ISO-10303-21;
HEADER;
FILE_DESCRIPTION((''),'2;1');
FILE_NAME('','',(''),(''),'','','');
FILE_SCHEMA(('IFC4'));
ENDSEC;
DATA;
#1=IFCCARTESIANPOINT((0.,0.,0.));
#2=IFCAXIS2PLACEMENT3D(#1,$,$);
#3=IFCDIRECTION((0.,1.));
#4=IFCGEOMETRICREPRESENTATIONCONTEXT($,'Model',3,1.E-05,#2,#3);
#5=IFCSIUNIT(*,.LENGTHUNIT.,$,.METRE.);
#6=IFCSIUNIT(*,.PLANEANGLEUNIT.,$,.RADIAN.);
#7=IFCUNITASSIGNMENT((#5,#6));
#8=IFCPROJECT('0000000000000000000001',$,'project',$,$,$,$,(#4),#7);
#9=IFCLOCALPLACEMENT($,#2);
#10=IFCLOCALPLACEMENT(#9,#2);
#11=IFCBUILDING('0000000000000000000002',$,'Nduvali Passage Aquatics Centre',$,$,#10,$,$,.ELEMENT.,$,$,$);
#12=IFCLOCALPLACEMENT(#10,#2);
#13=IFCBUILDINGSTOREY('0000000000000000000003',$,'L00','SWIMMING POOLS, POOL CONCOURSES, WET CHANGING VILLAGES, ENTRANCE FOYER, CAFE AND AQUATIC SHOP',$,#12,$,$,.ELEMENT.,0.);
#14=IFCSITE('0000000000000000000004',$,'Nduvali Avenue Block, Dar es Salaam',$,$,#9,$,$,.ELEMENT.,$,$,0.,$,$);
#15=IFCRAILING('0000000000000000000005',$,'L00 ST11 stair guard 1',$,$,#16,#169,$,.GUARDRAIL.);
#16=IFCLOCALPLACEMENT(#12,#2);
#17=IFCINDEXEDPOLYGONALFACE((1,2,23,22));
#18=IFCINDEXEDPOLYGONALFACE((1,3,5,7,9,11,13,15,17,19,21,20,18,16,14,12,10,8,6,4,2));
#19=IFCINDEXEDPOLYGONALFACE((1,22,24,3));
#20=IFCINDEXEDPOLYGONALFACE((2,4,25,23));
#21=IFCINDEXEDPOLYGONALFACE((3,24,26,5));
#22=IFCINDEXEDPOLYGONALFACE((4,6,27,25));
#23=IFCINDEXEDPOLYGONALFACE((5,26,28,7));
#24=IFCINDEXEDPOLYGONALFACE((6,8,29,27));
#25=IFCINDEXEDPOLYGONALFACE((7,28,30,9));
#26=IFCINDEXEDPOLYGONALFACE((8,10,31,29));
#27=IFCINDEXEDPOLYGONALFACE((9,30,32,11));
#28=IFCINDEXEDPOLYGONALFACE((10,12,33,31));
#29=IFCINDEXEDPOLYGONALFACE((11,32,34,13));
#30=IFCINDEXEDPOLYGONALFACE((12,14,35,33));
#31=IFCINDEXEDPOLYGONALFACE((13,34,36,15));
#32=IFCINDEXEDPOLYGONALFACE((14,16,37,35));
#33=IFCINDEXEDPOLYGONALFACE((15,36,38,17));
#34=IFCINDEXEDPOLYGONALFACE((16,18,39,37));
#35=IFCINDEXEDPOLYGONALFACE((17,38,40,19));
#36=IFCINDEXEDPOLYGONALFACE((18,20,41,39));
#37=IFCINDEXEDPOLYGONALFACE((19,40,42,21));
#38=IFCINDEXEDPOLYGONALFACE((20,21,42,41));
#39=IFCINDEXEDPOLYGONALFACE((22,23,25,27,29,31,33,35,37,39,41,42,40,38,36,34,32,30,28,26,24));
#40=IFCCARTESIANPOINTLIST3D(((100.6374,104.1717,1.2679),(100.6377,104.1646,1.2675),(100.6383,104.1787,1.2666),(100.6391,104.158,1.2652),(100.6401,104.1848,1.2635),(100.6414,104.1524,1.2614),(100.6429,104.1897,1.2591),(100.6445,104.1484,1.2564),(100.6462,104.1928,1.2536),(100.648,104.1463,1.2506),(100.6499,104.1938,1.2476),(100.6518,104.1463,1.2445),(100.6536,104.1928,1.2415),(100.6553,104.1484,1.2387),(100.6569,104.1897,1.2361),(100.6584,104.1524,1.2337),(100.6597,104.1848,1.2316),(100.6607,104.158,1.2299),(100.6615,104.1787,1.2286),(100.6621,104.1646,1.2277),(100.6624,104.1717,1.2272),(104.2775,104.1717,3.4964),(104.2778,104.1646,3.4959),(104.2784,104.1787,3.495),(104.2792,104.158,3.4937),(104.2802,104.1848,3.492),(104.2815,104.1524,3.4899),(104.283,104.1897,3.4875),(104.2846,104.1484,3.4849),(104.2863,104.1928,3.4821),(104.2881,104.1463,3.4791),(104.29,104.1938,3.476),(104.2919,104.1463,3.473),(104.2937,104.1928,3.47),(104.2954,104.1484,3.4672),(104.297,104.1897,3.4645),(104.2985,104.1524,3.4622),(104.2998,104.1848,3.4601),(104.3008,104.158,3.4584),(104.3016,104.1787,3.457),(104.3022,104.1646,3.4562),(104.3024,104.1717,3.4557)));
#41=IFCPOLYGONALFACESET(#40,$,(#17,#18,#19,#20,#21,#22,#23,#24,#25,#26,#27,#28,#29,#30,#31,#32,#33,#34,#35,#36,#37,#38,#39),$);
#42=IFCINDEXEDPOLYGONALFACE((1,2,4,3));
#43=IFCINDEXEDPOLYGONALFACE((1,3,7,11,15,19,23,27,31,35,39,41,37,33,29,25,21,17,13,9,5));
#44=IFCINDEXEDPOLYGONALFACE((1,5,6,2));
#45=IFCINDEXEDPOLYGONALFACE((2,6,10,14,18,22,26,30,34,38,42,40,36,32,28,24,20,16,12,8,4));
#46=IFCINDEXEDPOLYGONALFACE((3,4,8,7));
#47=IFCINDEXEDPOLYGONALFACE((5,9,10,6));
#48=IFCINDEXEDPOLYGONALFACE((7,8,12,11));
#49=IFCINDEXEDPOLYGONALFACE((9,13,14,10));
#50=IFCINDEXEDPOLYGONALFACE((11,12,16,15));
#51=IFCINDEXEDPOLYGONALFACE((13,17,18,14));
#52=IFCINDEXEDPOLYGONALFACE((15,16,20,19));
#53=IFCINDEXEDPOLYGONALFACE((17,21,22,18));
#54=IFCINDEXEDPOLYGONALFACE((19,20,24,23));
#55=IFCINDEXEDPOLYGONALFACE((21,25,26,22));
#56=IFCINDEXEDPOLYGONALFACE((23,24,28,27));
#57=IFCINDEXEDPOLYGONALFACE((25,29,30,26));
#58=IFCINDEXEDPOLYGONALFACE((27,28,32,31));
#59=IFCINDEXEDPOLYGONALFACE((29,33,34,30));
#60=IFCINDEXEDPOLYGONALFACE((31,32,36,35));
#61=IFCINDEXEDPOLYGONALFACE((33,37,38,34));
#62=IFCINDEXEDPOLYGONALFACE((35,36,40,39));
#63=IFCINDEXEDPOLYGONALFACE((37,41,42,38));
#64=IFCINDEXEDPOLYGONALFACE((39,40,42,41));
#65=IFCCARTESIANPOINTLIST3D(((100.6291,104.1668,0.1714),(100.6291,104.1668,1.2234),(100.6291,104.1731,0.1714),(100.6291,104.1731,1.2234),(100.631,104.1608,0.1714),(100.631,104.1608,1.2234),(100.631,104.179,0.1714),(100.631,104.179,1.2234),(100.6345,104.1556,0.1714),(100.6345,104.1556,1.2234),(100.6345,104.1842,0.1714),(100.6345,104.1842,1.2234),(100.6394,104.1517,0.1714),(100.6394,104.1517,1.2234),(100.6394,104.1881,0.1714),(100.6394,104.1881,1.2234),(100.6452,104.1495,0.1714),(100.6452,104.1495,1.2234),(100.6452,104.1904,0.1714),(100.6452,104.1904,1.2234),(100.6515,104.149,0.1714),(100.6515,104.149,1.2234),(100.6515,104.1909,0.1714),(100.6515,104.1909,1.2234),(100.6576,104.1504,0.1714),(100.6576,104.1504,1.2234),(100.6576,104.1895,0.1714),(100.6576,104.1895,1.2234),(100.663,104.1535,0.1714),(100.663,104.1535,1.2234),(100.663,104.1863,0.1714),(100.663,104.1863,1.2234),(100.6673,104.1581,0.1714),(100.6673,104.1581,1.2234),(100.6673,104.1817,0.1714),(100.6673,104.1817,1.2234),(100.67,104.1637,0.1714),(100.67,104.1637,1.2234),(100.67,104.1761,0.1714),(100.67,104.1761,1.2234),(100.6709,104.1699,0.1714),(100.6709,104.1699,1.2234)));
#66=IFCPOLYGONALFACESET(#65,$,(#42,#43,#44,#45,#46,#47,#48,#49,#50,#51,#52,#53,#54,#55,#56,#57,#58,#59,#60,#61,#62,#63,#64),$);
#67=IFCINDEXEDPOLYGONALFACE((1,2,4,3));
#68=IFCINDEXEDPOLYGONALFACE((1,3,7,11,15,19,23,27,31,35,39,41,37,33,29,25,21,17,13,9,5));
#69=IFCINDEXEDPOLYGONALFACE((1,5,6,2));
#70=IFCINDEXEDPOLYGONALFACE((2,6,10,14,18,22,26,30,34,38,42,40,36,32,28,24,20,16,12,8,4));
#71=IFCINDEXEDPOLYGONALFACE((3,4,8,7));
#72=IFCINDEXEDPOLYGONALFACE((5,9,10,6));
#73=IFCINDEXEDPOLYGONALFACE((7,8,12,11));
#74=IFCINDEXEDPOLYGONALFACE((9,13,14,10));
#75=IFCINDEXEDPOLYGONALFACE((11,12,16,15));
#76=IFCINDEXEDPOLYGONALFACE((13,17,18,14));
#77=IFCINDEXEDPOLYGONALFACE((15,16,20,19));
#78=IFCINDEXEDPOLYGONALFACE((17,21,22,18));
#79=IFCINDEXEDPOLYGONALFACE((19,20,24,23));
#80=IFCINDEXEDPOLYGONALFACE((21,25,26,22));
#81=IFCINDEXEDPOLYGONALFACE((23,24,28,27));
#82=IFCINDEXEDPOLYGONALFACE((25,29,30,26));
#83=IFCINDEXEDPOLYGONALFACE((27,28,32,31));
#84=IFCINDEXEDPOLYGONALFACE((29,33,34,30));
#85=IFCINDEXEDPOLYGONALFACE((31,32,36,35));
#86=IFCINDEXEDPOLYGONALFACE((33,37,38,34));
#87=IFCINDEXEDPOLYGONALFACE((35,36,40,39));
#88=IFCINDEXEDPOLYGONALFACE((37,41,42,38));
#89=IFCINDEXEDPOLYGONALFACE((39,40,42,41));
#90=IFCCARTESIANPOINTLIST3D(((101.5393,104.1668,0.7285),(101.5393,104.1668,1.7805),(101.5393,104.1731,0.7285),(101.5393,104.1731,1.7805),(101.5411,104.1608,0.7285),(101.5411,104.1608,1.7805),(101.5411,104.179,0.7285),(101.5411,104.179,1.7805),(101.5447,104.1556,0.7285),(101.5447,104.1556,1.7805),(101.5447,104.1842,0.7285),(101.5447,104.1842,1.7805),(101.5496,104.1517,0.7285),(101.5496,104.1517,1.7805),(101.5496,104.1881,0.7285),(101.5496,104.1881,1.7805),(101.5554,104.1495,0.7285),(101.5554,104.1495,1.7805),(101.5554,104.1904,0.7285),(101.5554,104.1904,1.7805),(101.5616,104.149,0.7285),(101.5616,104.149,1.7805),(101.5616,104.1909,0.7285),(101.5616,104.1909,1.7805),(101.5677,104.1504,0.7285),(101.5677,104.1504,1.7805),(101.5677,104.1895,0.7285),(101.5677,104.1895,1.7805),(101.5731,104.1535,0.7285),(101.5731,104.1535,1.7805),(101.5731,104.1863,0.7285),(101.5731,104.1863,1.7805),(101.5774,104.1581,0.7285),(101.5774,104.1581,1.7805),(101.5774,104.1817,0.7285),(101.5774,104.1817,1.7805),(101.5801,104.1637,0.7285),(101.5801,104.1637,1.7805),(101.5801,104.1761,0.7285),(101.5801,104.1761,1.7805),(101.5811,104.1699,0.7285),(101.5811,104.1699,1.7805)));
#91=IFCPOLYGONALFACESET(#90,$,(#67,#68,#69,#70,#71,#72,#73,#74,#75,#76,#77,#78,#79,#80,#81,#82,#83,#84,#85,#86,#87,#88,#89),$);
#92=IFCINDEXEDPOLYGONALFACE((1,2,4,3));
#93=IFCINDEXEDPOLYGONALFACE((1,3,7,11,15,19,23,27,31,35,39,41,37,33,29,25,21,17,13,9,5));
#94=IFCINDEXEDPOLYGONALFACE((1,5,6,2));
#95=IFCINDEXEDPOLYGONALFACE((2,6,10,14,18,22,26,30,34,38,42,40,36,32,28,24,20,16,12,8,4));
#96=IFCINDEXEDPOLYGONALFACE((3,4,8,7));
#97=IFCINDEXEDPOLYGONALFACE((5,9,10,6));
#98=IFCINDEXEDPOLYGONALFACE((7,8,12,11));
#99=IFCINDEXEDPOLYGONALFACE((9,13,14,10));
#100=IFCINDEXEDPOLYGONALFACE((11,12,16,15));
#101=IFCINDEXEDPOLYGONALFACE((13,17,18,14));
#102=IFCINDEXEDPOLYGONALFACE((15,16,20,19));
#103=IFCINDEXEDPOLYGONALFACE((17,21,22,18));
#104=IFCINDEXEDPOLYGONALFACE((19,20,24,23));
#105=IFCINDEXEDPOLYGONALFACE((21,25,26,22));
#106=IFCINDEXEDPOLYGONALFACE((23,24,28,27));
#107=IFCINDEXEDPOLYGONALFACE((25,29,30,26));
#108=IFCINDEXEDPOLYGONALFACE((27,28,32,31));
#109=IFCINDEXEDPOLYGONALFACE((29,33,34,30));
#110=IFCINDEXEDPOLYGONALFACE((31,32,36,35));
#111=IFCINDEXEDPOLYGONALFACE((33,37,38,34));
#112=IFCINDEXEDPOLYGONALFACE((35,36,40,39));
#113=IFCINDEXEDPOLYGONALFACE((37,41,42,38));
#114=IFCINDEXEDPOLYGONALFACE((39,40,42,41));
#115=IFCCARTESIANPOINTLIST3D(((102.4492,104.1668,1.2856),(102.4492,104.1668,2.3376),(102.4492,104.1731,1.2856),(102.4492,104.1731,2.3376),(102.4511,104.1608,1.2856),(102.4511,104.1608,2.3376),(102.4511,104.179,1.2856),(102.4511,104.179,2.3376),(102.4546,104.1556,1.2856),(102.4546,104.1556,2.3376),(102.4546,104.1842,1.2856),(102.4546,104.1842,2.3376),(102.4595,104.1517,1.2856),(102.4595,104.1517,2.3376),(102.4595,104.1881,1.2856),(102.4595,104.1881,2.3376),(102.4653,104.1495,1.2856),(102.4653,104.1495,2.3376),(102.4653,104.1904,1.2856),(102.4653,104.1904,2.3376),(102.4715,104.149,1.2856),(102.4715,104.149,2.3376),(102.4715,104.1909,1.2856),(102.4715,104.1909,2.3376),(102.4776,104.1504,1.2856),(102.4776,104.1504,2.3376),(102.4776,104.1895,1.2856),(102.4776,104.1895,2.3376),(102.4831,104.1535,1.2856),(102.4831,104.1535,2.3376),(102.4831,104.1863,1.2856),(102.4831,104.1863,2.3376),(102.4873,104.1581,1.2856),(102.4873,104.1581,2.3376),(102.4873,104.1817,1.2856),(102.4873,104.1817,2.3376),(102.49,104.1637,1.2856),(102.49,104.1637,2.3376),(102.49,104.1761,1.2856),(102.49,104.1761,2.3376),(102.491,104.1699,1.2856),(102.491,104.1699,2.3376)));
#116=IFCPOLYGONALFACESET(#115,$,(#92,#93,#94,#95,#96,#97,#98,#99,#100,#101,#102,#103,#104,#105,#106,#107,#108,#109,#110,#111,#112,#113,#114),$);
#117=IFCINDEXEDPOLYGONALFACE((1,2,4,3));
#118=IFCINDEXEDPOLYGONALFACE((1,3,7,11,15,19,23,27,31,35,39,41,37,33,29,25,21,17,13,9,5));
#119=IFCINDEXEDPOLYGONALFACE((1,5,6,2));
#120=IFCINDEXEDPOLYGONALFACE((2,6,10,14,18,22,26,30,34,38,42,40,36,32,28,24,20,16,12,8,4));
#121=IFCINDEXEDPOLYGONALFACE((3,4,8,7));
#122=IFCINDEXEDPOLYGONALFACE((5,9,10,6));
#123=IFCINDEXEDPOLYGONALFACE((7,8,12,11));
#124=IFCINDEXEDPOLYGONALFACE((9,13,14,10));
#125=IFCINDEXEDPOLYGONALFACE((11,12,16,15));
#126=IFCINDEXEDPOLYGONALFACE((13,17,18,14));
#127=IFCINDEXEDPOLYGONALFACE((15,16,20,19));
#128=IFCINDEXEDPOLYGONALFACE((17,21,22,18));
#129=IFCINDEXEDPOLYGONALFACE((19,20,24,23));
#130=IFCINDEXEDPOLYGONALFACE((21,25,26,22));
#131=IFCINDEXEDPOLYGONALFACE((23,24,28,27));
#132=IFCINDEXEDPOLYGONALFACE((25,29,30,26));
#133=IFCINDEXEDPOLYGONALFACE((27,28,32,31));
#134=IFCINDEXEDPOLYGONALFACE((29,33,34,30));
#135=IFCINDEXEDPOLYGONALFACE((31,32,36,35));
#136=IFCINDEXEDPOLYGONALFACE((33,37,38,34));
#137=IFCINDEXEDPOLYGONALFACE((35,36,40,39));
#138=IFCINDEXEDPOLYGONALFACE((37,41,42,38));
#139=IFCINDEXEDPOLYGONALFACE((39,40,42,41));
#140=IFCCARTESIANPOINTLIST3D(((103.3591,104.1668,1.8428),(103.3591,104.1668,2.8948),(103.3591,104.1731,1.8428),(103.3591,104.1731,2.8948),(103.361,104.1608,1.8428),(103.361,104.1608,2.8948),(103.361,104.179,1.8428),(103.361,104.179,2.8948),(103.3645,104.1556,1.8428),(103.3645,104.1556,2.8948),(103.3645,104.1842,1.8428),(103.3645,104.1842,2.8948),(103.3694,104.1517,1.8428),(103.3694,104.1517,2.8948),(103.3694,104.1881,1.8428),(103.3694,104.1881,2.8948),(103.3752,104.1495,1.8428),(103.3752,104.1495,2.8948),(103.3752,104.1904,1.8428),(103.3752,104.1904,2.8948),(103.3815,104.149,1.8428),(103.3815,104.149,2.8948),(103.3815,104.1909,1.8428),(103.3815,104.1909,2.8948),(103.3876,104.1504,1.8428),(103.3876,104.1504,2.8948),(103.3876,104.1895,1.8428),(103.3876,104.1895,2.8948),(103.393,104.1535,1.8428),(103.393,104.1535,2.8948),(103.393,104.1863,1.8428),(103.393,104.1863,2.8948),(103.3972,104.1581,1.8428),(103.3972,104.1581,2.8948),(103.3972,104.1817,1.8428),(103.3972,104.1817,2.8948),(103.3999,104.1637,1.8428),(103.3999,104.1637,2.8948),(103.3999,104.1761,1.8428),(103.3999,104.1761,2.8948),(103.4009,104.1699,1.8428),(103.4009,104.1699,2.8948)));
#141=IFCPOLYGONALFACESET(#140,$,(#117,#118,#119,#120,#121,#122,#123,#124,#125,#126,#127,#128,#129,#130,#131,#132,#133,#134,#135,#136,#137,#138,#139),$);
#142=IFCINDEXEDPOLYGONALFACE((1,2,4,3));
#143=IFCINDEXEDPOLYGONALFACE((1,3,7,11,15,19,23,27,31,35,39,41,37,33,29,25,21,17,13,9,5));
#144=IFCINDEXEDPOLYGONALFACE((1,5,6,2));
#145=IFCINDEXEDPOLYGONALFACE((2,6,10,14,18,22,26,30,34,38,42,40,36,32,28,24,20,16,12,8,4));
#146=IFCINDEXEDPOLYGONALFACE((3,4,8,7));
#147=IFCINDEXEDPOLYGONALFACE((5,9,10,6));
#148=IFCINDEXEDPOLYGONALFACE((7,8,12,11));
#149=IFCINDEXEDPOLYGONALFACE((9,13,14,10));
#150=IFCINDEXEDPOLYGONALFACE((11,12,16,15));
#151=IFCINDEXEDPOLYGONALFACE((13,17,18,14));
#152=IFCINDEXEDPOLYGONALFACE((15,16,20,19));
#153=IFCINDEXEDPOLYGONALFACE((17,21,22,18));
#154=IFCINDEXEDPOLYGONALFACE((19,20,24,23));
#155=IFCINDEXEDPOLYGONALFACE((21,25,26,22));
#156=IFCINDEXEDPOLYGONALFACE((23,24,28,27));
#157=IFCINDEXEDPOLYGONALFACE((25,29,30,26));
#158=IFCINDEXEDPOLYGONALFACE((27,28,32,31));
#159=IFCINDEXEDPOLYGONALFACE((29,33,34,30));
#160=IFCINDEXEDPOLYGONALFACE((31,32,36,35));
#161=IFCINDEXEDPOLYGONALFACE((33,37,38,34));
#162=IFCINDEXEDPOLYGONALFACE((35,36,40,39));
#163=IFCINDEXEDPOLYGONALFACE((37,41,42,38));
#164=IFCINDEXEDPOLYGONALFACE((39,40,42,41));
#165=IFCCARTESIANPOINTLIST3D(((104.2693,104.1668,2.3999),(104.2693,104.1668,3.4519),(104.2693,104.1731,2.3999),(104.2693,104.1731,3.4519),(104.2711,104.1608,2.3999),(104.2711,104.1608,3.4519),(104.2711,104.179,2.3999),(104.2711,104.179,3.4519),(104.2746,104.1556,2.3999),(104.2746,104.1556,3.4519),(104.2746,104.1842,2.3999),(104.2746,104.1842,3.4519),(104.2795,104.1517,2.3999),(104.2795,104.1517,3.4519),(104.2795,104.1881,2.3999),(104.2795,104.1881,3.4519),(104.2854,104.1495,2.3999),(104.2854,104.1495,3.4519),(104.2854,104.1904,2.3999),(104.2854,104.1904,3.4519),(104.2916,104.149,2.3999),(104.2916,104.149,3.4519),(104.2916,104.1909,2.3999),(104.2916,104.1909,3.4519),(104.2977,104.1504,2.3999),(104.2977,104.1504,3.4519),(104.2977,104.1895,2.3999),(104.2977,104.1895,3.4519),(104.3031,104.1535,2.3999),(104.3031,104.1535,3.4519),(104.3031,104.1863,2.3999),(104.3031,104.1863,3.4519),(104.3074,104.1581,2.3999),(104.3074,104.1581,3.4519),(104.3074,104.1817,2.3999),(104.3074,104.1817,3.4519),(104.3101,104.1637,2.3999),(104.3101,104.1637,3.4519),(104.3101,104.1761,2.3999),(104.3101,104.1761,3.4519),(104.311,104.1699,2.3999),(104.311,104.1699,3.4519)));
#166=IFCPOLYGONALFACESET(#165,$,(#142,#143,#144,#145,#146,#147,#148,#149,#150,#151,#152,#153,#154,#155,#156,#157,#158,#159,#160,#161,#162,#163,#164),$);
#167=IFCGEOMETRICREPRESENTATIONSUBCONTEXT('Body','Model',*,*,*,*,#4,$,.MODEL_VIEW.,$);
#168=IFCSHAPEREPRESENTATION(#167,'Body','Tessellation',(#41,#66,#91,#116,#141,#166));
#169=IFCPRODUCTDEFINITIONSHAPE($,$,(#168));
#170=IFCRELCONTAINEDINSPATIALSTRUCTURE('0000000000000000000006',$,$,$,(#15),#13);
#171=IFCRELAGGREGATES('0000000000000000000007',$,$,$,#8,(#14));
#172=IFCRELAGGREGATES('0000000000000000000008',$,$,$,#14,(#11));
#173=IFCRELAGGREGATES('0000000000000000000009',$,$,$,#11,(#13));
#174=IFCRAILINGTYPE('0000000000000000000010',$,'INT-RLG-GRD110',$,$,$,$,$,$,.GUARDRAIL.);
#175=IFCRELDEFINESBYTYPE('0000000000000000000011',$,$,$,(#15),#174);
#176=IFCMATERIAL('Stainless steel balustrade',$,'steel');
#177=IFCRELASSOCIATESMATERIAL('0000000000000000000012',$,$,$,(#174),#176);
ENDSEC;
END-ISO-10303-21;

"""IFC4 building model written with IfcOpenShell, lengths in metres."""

from ifc_helpers import new_model, si_unit, direction, frame, origin, origin_2d, place, context, subcontext, project, spatial, circle, extrude, material, type_object, element, save


model = new_model("IFC4")

# Units and contexts
model_context = context("Model", 3, precision=1e-05, world=origin(), true_north=direction((0.0, 1.0)))
body_context = subcontext(model_context, "Body", "Model", "MODEL_VIEW")
ifc_project = project(units=[si_unit("LENGTHUNIT", "METRE"), si_unit("PLANEANGLEUNIT", "RADIAN")], contexts=[model_context])

# Site, building, storey
site_placement = place(None, origin())
site = spatial("IfcSite", under=ifc_project, at=site_placement, Name="Nduvali Avenue Block, Dar es Salaam", CompositionType="ELEMENT", RefElevation=0.0)
building_placement = place(site_placement, origin())
building = spatial("IfcBuilding", under=site, at=building_placement, Name="Nduvali Passage Aquatics Centre", CompositionType="ELEMENT")
storey_placement = place(building_placement, origin())
storey = spatial("IfcBuildingStorey", under=building, at=storey_placement, Name="L00", Description="SWIMMING POOLS, POOL CONCOURSES, WET CHANGING VILLAGES, ENTRANCE FOYER, CAFE AND AQUATIC SHOP", CompositionType="ELEMENT", Elevation=0.0)

# Railing
ifc_material_1 = material(Name="Stainless steel balustrade", Category="steel")
railing_type_1 = type_object("IfcRailingType", Name="INT-RLG-GRD110", PredefinedType="GUARDRAIL", material=ifc_material_1)
railing_1_placement = place(storey_placement, frame((100.6499, 104.1699, 0.1714)))
element("IfcRailing", 1, at=railing_1_placement, inside=storey, type_object=railing_type_1, Name="L00 ST11 stair guard 1", PredefinedType="GUARDRAIL", context=body_context, shape_type="SweptSolid", body=[
    extrude(circle(Radius=0.0239, at=origin_2d()), frame((0.0, 0.0, 1.0762), z_axis=(0.852866, 0.0, 0.52213), x_axis=(0.0, 1.0, 0.0)), (0.0, 0.0, 1.0), 4.2681),
    extrude(circle(Radius=0.021, at=origin_2d()), origin(), (0.0, 0.0, 1.0), 1.052),
    extrude(circle(Radius=0.021, at=origin_2d()), frame((0.9102, 0.0, 0.5571)), (0.0, 0.0, 1.0), 1.052),
    extrude(circle(Radius=0.021, at=origin_2d()), frame((1.8201, 0.0, 1.1143)), (0.0, 0.0, 1.0), 1.052),
    extrude(circle(Radius=0.021, at=origin_2d()), frame((2.73, 0.0, 1.6714)), (0.0, 0.0, 1.0), 1.052),
    extrude(circle(Radius=0.021, at=origin_2d()), frame((3.6401, 0.0, 2.2285)), (0.0, 0.0, 1.0), 1.052),
])

save(model, "model.ifc")
